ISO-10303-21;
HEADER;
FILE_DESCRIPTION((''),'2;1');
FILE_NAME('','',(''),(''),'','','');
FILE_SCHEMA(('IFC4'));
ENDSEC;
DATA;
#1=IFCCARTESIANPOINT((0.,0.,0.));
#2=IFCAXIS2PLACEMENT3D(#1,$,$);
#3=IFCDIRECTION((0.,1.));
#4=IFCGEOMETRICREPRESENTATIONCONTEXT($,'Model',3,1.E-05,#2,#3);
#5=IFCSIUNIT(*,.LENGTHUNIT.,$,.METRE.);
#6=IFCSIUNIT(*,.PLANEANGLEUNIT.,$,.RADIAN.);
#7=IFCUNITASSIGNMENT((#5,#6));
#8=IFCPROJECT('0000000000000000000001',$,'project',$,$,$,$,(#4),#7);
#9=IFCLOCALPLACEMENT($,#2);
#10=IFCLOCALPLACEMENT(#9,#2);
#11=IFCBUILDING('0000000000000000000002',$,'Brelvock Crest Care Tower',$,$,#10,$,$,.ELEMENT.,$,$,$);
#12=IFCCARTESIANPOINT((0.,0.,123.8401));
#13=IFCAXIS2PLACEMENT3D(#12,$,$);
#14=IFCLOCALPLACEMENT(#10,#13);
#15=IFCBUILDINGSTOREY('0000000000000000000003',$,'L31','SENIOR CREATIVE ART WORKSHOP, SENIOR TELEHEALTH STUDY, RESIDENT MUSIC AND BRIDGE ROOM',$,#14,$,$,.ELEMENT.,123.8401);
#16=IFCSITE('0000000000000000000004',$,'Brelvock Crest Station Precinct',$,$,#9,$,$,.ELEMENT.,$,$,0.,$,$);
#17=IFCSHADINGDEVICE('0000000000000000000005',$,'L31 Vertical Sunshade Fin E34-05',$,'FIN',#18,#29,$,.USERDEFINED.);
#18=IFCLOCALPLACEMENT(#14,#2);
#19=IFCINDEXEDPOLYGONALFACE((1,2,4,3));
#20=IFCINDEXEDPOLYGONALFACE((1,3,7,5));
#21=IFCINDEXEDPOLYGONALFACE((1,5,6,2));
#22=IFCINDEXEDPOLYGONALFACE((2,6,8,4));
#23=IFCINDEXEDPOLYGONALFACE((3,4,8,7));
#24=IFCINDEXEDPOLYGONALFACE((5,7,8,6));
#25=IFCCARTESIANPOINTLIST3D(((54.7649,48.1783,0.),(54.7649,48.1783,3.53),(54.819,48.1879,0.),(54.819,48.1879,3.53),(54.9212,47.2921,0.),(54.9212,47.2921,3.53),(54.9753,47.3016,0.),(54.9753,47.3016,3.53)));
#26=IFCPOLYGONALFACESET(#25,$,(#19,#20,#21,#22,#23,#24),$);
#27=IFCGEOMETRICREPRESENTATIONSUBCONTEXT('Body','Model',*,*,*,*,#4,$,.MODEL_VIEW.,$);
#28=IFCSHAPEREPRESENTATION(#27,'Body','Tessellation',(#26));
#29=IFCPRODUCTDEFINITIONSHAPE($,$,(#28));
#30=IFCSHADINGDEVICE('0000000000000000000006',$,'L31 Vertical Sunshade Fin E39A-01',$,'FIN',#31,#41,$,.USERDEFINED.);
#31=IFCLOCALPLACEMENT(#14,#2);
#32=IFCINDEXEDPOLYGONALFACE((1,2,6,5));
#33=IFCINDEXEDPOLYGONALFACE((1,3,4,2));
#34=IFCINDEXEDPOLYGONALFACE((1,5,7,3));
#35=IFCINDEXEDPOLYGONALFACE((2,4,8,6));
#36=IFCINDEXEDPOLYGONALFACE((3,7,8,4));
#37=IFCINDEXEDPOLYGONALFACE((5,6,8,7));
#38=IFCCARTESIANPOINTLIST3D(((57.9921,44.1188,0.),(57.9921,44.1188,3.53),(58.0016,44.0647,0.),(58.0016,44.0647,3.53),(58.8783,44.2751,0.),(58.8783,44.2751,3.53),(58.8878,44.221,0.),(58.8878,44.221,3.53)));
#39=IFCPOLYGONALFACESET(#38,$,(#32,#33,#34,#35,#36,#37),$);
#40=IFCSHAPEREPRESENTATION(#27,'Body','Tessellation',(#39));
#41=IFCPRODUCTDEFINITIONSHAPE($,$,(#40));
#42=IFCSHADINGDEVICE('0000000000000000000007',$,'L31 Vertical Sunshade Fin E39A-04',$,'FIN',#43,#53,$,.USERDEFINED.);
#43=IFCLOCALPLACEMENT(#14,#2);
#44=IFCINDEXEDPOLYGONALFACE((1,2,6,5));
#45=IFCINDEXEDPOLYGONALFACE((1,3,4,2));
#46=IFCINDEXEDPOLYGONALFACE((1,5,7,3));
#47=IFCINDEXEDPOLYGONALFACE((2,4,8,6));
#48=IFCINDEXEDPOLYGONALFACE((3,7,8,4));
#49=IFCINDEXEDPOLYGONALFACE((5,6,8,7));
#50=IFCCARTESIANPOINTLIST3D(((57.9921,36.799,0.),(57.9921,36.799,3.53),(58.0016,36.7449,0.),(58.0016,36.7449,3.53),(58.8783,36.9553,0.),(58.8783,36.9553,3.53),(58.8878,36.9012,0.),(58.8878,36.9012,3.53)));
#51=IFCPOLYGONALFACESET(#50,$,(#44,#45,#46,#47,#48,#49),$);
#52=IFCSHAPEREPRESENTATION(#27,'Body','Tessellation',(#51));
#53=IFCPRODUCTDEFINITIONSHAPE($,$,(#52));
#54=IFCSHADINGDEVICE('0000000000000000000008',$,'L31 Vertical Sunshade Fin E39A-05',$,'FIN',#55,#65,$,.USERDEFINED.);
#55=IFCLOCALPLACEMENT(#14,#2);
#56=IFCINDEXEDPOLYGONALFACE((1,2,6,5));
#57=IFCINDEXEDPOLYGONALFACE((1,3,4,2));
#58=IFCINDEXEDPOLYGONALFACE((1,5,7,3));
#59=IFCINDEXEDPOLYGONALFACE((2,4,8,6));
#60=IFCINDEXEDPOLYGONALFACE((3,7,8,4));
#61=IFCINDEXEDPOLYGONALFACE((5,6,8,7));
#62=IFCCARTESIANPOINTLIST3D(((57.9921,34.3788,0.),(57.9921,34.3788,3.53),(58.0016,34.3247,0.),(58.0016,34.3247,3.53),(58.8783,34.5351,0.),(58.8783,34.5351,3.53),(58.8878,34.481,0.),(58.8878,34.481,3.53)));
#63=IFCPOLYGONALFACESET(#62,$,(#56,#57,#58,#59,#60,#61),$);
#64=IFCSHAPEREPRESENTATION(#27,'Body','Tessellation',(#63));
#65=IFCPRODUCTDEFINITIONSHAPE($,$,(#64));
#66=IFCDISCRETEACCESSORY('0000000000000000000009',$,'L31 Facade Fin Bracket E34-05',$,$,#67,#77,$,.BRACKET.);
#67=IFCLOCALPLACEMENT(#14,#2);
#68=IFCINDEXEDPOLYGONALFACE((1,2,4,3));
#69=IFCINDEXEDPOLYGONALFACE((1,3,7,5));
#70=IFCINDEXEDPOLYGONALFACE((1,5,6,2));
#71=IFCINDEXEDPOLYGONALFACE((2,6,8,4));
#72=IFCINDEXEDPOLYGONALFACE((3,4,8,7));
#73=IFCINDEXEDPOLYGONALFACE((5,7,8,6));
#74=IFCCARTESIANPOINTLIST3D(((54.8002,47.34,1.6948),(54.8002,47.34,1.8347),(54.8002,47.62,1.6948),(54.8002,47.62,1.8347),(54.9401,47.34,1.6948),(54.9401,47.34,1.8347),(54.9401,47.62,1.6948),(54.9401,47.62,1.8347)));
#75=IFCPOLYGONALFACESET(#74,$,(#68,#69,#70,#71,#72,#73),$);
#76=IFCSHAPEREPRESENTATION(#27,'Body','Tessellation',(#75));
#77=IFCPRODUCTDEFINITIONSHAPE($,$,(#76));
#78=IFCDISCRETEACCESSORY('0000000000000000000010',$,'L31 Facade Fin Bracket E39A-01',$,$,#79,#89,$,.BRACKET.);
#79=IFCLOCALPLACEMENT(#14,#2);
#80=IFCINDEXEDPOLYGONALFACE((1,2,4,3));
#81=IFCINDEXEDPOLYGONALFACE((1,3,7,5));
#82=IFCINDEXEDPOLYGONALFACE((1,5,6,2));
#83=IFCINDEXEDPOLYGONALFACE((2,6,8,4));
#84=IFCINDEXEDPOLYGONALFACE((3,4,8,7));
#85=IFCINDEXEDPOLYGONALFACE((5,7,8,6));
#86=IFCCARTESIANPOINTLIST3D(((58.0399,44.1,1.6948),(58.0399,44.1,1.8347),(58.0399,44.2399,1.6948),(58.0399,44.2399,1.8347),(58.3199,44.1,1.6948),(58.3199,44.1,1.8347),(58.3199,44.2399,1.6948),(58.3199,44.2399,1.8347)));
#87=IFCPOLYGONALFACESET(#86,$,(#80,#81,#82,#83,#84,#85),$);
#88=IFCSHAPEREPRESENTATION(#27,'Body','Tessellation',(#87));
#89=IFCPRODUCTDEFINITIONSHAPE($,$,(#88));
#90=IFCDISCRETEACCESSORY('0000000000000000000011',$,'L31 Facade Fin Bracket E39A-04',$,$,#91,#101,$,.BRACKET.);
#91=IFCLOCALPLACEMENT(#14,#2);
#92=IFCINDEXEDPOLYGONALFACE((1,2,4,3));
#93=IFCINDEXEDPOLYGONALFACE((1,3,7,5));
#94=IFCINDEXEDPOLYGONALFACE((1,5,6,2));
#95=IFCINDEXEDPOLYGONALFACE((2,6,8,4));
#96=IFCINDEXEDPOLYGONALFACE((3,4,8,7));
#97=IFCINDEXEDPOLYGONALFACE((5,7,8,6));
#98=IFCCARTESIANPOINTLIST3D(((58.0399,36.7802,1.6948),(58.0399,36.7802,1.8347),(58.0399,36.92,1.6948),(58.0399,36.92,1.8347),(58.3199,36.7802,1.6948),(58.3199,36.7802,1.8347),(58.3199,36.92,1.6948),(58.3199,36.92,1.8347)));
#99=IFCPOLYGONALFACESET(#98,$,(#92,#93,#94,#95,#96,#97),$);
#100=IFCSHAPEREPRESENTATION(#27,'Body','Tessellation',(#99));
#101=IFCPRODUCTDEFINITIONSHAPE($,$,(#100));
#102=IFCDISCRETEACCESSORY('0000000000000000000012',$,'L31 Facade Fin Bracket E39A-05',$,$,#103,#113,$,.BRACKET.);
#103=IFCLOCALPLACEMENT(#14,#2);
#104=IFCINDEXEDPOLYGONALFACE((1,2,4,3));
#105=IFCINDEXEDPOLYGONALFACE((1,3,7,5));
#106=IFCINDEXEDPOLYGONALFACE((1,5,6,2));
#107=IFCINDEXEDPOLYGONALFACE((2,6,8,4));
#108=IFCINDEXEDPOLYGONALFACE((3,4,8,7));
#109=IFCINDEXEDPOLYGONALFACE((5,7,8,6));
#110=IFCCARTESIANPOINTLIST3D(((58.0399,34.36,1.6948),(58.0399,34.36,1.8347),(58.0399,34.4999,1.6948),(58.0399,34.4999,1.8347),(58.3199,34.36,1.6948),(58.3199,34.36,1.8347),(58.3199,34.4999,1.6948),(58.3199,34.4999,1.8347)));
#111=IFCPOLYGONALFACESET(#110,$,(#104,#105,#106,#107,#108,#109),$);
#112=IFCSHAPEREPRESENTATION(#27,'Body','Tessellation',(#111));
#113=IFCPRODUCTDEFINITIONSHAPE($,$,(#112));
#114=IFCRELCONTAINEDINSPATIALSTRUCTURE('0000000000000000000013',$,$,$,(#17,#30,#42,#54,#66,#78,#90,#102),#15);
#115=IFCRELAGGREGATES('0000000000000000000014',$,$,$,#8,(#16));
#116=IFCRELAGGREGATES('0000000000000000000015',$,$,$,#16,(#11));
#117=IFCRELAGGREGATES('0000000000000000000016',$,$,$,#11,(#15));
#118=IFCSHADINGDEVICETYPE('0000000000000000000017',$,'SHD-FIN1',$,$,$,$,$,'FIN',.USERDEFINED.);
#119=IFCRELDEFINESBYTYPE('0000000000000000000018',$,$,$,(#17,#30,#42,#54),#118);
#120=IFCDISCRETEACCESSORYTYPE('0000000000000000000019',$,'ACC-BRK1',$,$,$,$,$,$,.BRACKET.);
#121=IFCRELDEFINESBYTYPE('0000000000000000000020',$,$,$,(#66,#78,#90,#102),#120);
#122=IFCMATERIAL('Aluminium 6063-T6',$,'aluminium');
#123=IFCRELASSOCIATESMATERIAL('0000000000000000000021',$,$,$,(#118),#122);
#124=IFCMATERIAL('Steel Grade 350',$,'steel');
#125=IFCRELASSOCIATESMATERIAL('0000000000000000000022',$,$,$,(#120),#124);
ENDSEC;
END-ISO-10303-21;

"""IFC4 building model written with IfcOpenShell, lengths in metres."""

from ifc_helpers import new_model, si_unit, direction, frame, origin, origin_2d, place, context, subcontext, project, spatial, rectangle, extrude, source, transform, mapped, material, material_profile, profile_set, type_object, element, save


model = new_model("IFC4")

# Units and contexts
model_context = context("Model", 3, precision=1e-05, world=origin(), true_north=direction((0.0, 1.0)))
body_context = subcontext(model_context, "Body", "Model", "MODEL_VIEW")
ifc_project = project(units=[si_unit("LENGTHUNIT", "METRE"), si_unit("PLANEANGLEUNIT", "RADIAN")], contexts=[model_context])

# Site, building, storey
site_placement = place(None, origin())
site = spatial("IfcSite", under=ifc_project, at=site_placement, Name="Brelvock Crest Station Precinct", CompositionType="ELEMENT", RefElevation=0.0)
building_placement = place(site_placement, origin())
building = spatial("IfcBuilding", under=site, at=building_placement, Name="Brelvock Crest Care Tower", CompositionType="ELEMENT")
storey_placement = place(building_placement, frame((0.0, 0.0, 123.8401)))
storey = spatial("IfcBuildingStorey", under=building, at=storey_placement, Name="L31", Description="SENIOR CREATIVE ART WORKSHOP, SENIOR TELEHEALTH STUDY, RESIDENT MUSIC AND BRIDGE ROOM", CompositionType="ELEMENT", Elevation=123.8401)

# Shared definitions
ifc_material_1 = material(Name="Steel Grade 350", Category="steel")

# Shared definitions
ifc_material_2 = material(Name="Aluminium 6063-T6", Category="aluminium")

# Shading devices
ifc_material_profile_1 = material_profile(ifc_material_2, rectangle(XDim=0.0549, YDim=0.8999, at=origin_2d()), Name="FIN55x900")
ifc_profile_set_1 = profile_set([ifc_material_profile_1], Name="Aluminium 6063-T6")
shading_device_type = type_object("IfcShadingDeviceType", Name="SHD-FIN1", ElementType="FIN", PredefinedType="USERDEFINED", material=ifc_profile_set_1)
shared_shape_1 = source(origin(), body_context, "Body", "SweptSolid", [
    extrude(rectangle(XDim=0.0549, YDim=0.8999, at=origin_2d()), origin(), (0.0, 0.0, 1.0), 3.53),
])
for number, where, z_axis, x_axis, name in (
    (1, (54.8701, 47.74, 0.0), (0.0, 0.0, 1.0), (0.984808, 0.173648, 0.0), "L31 Vertical Sunshade Fin E34-05"),
    (2, (58.4399, 44.1699, 0.0), (0.0, 0.0, 1.0), (0.173648, -0.984808, 0.0), "L31 Vertical Sunshade Fin E39A-01"),
    (3, (58.4399, 36.8501, 0.0), (0.0, 0.0, 1.0), (0.173648, -0.984808, 0.0), "L31 Vertical Sunshade Fin E39A-04"),
    (4, (58.4399, 34.4299, 0.0), (0.0, 0.0, 1.0), (0.173648, -0.984808, 0.0), "L31 Vertical Sunshade Fin E39A-05"),
):
    element("IfcShadingDevice", number, at=place(storey_placement, frame(where, z_axis=z_axis, x_axis=x_axis)), inside=storey, type_object=shading_device_type, Name=name, ObjectType="FIN", PredefinedType="USERDEFINED", context=body_context, shape_type="MappedRepresentation", body=[
        mapped(shared_shape_1, transform((0.0, 0.0, 0.0), x_axis=(1.0, 0.0, 0.0), y_axis=(0.0, 1.0, 0.0), z_axis=(0.0, 0.0, 1.0), scale=1.0)),
    ])

# Discrete accessories
discrete_accessory_type = type_object("IfcDiscreteAccessoryType", Name="ACC-BRK1", PredefinedType="BRACKET", material=ifc_material_1)
shared_shape_2 = source(origin(), body_context, "Body", "SweptSolid", [
    extrude(rectangle(XDim=0.28, YDim=0.1399, at=origin_2d()), origin(), (0.0, 0.0, 1.0), 0.1399),
])
for number, where, z_axis, x_axis, name in (
    (5, (54.8701, 47.48, 1.6948), (0.0, 0.0, 1.0), (0.0, 1.0, 0.0), "L31 Facade Fin Bracket E34-05"),
    (6, (58.1799, 44.1699, 1.6948), (0.0, 0.0, 1.0), (1.0, 0.0, 0.0), "L31 Facade Fin Bracket E39A-01"),
    (7, (58.1799, 36.8501, 1.6948), (0.0, 0.0, 1.0), (1.0, 0.0, 0.0), "L31 Facade Fin Bracket E39A-04"),
    (8, (58.1799, 34.4299, 1.6948), (0.0, 0.0, 1.0), (1.0, 0.0, 0.0), "L31 Facade Fin Bracket E39A-05"),
):
    element("IfcDiscreteAccessory", number, at=place(storey_placement, frame(where, z_axis=z_axis, x_axis=x_axis)), inside=storey, type_object=discrete_accessory_type, Name=name, PredefinedType="BRACKET", context=body_context, shape_type="MappedRepresentation", body=[
        mapped(shared_shape_2, transform((0.0, 0.0, 0.0), x_axis=(1.0, 0.0, 0.0), y_axis=(0.0, 1.0, 0.0), z_axis=(0.0, 0.0, 1.0), scale=1.0)),
    ])

save(model, "model.ifc")
